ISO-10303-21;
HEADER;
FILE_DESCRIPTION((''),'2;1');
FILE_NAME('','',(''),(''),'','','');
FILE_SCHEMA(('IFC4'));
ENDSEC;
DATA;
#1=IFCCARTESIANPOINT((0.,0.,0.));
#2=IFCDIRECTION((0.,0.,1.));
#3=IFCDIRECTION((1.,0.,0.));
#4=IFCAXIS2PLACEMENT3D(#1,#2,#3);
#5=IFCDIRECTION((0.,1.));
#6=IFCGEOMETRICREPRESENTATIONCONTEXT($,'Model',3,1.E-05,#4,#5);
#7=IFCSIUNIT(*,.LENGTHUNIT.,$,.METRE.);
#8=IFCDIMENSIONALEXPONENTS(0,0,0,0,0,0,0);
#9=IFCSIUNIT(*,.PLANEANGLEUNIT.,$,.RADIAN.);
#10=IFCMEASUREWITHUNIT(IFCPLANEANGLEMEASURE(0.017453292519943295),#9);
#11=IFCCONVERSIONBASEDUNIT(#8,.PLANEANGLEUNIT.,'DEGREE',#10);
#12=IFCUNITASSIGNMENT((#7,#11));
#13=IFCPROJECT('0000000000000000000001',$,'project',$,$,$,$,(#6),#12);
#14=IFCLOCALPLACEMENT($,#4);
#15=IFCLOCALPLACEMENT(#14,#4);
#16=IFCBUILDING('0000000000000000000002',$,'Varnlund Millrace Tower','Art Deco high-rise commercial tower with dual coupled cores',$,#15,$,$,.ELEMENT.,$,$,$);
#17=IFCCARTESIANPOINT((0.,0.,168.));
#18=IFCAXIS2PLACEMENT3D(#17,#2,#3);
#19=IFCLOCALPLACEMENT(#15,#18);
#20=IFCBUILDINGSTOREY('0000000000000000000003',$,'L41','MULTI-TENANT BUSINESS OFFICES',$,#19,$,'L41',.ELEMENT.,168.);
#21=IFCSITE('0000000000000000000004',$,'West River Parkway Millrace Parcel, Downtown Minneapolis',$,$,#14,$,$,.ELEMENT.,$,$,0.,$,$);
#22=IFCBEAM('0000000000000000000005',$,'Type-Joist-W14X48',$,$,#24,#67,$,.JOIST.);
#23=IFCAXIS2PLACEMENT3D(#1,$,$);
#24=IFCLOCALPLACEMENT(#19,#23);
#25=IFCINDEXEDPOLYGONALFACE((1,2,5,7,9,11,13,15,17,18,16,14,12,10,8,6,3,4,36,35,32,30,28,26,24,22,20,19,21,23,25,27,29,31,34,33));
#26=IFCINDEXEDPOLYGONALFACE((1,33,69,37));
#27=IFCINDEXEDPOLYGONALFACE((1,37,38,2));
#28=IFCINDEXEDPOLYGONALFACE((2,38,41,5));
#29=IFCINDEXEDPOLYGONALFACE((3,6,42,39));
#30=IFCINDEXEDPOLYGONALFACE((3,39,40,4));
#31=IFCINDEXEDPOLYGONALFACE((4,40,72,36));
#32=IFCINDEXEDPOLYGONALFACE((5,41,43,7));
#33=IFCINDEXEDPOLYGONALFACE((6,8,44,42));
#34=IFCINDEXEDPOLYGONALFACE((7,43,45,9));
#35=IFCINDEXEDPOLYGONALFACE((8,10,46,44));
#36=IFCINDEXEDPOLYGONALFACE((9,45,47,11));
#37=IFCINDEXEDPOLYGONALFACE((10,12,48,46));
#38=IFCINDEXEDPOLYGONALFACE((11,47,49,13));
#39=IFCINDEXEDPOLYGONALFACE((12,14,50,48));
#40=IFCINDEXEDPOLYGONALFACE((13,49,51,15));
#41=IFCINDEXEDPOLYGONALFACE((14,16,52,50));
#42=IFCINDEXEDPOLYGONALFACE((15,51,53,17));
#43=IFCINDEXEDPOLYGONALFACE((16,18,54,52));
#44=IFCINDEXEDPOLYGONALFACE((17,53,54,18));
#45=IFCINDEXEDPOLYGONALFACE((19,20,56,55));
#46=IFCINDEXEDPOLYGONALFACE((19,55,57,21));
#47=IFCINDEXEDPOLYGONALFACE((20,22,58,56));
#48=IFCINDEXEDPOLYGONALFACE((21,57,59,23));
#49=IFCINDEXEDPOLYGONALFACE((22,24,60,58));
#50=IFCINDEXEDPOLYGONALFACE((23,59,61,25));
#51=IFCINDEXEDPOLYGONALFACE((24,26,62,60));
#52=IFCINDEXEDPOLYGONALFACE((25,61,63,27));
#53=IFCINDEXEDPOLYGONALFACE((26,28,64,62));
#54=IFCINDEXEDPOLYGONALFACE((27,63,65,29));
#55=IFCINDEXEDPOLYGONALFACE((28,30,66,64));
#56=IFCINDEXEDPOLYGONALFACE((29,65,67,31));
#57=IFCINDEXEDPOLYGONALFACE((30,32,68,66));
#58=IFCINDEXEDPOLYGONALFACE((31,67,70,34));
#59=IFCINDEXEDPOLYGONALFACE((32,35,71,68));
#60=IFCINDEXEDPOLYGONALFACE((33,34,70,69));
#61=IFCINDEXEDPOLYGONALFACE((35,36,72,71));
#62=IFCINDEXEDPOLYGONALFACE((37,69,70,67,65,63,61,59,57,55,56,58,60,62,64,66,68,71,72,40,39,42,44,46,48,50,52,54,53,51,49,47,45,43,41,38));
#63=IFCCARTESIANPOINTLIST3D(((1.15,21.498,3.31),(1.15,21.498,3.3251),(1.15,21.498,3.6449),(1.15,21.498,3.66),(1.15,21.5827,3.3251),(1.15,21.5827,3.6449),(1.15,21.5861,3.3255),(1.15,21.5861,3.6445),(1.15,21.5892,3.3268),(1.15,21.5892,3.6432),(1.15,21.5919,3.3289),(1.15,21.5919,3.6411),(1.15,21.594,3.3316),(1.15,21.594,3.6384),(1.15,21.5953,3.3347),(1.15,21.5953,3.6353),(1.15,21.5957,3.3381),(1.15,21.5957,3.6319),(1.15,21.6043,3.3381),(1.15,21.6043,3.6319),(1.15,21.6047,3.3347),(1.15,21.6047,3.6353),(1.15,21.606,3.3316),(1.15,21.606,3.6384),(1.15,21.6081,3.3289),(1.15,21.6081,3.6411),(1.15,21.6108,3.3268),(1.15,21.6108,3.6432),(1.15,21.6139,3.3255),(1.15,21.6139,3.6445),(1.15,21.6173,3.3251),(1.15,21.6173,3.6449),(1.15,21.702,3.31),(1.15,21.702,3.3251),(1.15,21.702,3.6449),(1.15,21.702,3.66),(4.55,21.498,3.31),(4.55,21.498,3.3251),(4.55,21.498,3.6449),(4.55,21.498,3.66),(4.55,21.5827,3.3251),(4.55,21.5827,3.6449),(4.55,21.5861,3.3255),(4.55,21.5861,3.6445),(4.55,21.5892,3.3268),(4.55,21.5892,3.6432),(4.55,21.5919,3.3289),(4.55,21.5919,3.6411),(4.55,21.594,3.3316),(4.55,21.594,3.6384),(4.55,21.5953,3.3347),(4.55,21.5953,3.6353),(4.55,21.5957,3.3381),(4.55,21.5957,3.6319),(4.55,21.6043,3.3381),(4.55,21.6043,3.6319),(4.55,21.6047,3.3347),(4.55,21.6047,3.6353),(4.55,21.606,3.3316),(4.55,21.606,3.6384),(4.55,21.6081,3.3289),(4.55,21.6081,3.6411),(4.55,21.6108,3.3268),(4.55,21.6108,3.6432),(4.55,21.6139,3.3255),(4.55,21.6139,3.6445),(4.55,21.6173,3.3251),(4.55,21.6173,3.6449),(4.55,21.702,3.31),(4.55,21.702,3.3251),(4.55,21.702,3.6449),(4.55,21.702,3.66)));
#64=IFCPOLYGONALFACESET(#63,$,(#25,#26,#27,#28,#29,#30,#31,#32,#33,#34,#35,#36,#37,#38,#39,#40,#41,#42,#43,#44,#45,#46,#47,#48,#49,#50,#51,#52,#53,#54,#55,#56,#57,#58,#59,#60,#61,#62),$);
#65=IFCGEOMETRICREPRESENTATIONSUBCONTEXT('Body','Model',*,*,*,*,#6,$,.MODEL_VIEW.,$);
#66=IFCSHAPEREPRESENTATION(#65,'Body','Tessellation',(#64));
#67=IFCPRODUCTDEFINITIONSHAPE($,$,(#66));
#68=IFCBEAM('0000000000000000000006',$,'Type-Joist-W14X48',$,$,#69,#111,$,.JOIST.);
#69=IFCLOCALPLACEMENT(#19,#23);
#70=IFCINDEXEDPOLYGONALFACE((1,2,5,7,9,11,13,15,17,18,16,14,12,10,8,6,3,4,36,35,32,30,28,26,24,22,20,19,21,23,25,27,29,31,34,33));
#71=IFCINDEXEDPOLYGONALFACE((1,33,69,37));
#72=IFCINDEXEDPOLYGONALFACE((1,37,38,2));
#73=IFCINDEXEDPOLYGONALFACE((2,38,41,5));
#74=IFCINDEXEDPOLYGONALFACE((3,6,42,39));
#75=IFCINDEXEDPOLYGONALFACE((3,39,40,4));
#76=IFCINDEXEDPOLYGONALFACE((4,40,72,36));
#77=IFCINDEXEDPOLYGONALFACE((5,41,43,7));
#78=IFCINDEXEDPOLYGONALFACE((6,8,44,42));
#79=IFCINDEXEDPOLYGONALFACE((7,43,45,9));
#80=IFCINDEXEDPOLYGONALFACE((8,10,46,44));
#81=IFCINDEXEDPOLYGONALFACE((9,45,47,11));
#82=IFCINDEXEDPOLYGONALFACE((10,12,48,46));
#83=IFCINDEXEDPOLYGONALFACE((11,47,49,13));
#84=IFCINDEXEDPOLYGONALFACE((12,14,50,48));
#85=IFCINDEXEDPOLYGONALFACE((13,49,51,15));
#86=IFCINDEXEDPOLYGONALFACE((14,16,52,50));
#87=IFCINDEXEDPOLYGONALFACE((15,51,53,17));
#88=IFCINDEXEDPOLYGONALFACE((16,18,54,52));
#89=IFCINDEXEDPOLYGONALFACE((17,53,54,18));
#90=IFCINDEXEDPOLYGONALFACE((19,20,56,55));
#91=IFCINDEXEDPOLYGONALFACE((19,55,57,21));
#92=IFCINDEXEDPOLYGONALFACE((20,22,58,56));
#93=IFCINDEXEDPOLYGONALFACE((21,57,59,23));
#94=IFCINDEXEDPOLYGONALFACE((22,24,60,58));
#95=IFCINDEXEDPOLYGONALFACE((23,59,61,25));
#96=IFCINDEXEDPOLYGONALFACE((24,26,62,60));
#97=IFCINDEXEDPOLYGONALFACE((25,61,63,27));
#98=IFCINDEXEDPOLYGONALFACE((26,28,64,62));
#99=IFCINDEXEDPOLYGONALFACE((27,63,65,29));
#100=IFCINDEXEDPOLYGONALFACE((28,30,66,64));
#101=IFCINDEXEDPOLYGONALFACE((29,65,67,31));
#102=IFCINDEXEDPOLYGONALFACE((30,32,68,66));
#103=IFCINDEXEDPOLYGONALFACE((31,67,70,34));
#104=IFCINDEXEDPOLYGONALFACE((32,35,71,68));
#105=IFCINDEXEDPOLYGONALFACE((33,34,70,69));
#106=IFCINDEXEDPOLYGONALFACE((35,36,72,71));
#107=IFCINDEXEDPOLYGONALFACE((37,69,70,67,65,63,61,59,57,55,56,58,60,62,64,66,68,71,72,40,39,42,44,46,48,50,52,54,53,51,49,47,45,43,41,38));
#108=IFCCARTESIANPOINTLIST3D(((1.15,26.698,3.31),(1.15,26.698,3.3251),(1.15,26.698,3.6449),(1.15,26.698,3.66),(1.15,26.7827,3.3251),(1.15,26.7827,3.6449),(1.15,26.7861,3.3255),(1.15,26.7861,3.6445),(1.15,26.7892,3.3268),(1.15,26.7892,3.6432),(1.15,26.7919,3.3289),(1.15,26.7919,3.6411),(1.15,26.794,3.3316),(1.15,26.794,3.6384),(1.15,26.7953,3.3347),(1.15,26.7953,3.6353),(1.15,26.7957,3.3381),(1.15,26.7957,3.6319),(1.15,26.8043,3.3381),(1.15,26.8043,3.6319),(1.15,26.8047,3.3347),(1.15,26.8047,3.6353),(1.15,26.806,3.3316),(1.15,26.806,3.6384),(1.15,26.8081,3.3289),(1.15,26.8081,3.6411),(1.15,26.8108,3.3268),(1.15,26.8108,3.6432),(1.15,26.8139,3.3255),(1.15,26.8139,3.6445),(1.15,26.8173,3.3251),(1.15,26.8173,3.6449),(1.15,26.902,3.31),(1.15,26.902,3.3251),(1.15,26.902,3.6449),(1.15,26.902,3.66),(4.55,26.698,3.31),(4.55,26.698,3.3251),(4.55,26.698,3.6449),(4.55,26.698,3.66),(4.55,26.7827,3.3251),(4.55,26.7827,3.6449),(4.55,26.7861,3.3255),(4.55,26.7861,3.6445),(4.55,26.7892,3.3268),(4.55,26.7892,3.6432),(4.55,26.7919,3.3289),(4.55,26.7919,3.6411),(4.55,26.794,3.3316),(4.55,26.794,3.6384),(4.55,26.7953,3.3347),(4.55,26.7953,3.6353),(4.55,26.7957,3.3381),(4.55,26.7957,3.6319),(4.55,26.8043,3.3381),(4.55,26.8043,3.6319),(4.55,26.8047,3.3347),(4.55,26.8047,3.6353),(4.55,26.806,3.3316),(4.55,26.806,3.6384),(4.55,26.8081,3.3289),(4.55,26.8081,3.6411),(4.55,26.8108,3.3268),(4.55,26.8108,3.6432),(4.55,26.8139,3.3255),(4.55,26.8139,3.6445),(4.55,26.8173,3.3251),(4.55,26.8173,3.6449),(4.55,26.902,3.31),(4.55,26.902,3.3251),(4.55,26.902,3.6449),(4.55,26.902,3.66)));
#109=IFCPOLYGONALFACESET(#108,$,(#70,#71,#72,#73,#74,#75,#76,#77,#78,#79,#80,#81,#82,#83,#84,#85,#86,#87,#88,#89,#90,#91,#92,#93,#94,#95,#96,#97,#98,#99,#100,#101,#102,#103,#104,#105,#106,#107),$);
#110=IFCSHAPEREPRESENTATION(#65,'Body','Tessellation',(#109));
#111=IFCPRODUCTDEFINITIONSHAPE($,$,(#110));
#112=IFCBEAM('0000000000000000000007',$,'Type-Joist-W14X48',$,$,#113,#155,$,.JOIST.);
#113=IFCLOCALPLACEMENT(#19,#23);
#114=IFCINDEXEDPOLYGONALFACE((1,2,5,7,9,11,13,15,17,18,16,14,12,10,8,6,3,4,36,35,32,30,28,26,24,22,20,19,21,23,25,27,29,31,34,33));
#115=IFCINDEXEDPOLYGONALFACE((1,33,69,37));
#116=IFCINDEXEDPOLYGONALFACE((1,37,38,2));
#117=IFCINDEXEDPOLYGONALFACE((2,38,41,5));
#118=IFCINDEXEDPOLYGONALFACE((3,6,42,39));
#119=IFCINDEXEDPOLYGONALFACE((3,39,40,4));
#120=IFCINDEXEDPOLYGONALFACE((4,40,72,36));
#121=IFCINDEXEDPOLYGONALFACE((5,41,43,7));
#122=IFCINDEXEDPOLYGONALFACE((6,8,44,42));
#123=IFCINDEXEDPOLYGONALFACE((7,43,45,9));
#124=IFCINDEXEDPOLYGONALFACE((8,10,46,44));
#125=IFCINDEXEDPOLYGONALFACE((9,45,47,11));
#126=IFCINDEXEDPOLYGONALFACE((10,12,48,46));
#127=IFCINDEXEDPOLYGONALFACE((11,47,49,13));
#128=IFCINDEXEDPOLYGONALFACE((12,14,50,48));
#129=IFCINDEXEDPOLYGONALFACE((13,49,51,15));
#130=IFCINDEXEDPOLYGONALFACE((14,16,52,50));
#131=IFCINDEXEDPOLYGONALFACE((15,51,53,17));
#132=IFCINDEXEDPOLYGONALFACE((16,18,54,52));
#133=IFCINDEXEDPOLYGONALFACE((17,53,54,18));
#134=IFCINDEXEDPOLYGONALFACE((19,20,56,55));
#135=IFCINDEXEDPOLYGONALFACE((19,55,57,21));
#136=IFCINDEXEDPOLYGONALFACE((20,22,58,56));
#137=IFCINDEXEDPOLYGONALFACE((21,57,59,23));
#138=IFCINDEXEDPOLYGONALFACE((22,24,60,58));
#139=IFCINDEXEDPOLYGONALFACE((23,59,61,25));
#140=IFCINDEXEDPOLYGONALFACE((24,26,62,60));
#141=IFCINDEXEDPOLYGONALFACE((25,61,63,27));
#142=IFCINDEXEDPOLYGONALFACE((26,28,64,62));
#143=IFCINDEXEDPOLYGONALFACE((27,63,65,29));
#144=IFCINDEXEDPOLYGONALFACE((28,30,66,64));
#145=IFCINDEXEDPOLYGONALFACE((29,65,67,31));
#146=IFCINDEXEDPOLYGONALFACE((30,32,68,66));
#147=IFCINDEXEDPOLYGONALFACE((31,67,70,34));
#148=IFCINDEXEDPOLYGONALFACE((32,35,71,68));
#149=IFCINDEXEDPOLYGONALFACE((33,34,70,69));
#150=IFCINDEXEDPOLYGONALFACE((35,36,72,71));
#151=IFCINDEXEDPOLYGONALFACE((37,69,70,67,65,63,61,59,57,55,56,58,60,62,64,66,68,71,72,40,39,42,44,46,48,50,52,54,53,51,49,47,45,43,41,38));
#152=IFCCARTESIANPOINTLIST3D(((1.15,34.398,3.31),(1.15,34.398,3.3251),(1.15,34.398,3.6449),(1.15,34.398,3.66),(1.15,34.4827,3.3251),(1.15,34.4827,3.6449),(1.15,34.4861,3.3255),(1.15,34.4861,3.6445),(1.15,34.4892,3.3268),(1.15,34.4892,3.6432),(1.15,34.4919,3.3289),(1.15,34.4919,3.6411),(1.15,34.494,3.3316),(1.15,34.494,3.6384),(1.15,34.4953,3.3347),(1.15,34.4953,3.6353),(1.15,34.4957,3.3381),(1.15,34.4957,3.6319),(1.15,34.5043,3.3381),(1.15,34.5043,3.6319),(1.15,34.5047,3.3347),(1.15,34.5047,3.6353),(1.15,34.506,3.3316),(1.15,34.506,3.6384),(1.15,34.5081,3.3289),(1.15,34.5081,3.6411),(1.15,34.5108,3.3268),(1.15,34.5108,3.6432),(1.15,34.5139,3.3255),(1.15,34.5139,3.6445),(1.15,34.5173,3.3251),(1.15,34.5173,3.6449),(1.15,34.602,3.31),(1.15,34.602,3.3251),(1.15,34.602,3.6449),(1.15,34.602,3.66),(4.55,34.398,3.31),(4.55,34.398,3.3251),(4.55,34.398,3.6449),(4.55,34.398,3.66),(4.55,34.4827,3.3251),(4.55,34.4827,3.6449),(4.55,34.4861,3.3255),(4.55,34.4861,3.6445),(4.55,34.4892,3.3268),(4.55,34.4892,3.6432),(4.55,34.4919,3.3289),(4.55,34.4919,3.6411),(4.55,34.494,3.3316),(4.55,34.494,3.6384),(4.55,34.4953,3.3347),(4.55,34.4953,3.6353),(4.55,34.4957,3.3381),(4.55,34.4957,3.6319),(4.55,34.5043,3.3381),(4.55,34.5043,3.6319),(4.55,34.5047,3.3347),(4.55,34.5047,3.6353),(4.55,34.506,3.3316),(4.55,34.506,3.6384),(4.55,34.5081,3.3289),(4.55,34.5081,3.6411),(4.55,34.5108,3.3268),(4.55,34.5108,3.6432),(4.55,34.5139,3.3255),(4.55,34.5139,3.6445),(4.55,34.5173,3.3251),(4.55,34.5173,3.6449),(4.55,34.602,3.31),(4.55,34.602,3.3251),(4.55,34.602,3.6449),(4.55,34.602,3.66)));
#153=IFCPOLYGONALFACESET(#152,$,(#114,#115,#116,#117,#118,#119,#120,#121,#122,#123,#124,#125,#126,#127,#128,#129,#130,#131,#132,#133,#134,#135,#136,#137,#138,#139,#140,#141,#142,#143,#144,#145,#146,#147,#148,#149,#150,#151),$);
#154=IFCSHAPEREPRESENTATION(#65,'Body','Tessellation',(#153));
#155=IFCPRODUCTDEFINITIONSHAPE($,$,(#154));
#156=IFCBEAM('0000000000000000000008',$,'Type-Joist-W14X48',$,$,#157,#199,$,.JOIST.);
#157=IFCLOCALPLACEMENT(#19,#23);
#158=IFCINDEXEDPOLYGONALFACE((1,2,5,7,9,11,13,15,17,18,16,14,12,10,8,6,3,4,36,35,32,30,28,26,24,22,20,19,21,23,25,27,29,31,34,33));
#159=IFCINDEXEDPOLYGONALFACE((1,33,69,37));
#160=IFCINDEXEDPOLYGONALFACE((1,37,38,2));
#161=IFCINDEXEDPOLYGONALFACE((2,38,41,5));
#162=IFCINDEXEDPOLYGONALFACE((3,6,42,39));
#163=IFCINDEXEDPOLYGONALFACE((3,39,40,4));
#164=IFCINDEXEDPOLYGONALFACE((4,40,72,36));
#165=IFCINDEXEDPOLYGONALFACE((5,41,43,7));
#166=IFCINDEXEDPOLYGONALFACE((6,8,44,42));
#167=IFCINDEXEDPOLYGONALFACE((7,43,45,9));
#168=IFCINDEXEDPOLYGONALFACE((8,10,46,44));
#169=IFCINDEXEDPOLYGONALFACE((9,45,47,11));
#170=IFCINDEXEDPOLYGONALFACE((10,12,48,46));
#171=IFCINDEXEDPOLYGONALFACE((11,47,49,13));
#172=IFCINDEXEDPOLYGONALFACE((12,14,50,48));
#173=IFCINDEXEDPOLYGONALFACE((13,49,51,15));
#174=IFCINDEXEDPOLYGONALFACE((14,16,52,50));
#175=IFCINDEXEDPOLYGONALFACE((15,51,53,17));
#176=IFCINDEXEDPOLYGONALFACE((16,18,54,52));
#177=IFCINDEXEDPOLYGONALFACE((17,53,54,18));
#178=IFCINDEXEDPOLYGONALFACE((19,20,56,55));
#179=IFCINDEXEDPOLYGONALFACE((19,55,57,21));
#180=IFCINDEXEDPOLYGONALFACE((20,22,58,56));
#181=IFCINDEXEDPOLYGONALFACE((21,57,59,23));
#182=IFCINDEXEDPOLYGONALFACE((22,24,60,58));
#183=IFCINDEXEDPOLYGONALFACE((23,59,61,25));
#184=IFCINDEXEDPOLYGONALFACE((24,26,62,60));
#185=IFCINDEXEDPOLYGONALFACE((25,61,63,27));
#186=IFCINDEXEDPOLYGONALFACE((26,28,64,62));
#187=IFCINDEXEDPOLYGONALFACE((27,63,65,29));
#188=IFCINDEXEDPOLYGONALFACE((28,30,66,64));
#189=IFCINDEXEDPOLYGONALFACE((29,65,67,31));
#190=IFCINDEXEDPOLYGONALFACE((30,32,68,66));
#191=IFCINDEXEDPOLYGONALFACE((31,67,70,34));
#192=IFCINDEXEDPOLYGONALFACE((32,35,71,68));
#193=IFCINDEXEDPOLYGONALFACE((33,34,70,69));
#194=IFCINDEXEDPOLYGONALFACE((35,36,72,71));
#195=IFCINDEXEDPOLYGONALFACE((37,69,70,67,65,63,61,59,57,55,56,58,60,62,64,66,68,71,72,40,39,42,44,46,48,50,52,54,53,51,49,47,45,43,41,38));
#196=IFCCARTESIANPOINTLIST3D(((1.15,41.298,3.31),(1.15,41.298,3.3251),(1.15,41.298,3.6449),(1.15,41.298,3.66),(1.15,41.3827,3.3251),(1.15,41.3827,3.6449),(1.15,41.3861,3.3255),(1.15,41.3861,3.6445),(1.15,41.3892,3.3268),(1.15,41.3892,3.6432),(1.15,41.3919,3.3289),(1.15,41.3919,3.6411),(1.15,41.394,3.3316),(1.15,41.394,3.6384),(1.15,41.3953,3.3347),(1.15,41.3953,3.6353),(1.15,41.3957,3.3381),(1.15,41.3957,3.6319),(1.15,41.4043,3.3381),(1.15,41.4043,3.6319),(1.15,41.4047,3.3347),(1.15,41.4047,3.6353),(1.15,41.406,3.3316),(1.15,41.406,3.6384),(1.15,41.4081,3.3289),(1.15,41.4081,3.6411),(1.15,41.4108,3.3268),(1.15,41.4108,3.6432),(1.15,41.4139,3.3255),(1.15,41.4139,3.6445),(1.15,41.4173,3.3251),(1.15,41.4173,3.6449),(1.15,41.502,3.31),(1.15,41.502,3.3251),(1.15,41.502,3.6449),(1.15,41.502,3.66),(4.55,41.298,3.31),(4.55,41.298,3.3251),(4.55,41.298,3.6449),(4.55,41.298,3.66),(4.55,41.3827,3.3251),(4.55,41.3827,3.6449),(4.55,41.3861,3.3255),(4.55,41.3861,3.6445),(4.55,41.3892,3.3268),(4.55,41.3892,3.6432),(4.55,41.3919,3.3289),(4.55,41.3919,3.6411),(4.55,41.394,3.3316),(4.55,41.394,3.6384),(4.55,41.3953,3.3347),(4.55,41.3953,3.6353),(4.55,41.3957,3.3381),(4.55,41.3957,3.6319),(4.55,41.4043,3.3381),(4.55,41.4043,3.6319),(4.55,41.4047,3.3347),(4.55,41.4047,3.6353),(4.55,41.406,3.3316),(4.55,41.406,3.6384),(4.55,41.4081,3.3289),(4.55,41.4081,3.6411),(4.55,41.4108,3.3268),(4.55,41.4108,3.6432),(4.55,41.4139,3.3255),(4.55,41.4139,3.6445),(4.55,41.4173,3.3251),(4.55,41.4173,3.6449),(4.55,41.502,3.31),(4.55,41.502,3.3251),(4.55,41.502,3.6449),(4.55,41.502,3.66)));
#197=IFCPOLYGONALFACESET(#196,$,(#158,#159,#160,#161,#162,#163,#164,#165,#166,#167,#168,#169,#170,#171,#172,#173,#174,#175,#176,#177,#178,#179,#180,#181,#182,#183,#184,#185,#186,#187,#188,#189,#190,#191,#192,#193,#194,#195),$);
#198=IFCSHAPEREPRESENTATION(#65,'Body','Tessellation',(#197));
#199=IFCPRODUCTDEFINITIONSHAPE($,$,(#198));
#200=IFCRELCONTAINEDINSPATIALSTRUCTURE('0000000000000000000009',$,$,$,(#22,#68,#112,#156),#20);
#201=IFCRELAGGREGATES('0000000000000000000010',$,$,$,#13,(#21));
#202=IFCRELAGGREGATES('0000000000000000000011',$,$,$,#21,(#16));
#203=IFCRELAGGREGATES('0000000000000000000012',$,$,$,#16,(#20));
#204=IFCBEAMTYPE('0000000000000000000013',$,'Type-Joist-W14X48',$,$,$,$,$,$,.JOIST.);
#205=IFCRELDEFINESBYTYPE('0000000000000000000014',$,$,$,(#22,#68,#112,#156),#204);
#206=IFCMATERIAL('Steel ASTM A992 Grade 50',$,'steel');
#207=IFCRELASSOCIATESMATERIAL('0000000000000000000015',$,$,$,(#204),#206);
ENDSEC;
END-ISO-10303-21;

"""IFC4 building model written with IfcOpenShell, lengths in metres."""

from ifc_helpers import new_model, entity, si_unit, converted_unit, direction, frame, origin_with_axes, origin_2d_with_axis, place, context, subcontext, project, spatial, i_section, extrude, material, material_profile, profile_set, type_object, element, save


model = new_model("IFC4")

# Units and contexts
model_context = context("Model", 3, precision=1e-05, world=origin_with_axes(), true_north=direction((0.0, 1.0)))
body_context = subcontext(model_context, "Body", "Model", "MODEL_VIEW")
ifc_project = project(units=[si_unit("LENGTHUNIT", "METRE"), converted_unit("PLANEANGLEUNIT", "DEGREE", entity("IfcPlaneAngleMeasure", 0.017453292519943295), si_unit("PLANEANGLEUNIT", "RADIAN"), dimensions=[0, 0, 0, 0, 0, 0, 0])], contexts=[model_context])

# Site, building, storey
site_placement = place(None, origin_with_axes())
site = spatial("IfcSite", under=ifc_project, at=site_placement, Name="West River Parkway Millrace Parcel, Downtown Minneapolis", CompositionType="ELEMENT", RefElevation=0.0)
building_placement = place(site_placement, origin_with_axes())
building = spatial("IfcBuilding", under=site, at=building_placement, Name="Varnlund Millrace Tower", Description="Art Deco high-rise commercial tower with dual coupled cores", CompositionType="ELEMENT")
storey_placement = place(building_placement, frame((0.0, 0.0, 168.0), z_axis=(0.0, 0.0, 1.0), x_axis=(1.0, 0.0, 0.0)))
storey = spatial("IfcBuildingStorey", under=building, at=storey_placement, Name="L41", Description="MULTI-TENANT BUSINESS OFFICES", LongName="L41", CompositionType="ELEMENT", Elevation=168.0)

# Beams
ifc_material_1 = material(Name="Steel ASTM A992 Grade 50", Category="steel")
ifc_material_profile_1 = material_profile(ifc_material_1, i_section(OverallWidth=0.204, OverallDepth=0.35, WebThickness=0.0086, FlangeThickness=0.0151, FilletRadius=0.013, at=origin_2d_with_axis()), Name="Steel ASTM A992 Grade 50")
ifc_profile_set_1 = profile_set([ifc_material_profile_1], Name="Steel ASTM A992 Grade 50")
beam_type_1 = type_object("IfcBeamType", Name="Type-Joist-W14X48", PredefinedType="JOIST", material=ifc_profile_set_1)
for number, where, z_axis, x_axis, name in (
    (1, (1.15, 21.6, 3.485), (1.0, 0.0, 0.0), (0.0, 1.0, 0.0), "Type-Joist-W14X48"),
    (2, (1.15, 26.8, 3.485), (1.0, 0.0, 0.0), (0.0, 1.0, 0.0), "Type-Joist-W14X48"),
    (3, (1.15, 34.5, 3.485), (1.0, 0.0, 0.0), (0.0, 1.0, 0.0), "Type-Joist-W14X48"),
    (4, (1.15, 41.4, 3.485), (1.0, 0.0, 0.0), (0.0, 1.0, 0.0), "Type-Joist-W14X48"),
):
    element("IfcBeam", number, at=place(storey_placement, frame(where, z_axis=z_axis, x_axis=x_axis)), inside=storey, type_object=beam_type_1, Name=name, PredefinedType="JOIST", context=body_context, shape_type="SweptSolid", body=[
        extrude(i_section(OverallWidth=0.204, OverallDepth=0.35, WebThickness=0.0086, FlangeThickness=0.0151, FilletRadius=0.013, at=origin_2d_with_axis()), origin_with_axes(), (0.0, 0.0, 1.0), 3.4),
    ])

save(model, "model.ifc")
